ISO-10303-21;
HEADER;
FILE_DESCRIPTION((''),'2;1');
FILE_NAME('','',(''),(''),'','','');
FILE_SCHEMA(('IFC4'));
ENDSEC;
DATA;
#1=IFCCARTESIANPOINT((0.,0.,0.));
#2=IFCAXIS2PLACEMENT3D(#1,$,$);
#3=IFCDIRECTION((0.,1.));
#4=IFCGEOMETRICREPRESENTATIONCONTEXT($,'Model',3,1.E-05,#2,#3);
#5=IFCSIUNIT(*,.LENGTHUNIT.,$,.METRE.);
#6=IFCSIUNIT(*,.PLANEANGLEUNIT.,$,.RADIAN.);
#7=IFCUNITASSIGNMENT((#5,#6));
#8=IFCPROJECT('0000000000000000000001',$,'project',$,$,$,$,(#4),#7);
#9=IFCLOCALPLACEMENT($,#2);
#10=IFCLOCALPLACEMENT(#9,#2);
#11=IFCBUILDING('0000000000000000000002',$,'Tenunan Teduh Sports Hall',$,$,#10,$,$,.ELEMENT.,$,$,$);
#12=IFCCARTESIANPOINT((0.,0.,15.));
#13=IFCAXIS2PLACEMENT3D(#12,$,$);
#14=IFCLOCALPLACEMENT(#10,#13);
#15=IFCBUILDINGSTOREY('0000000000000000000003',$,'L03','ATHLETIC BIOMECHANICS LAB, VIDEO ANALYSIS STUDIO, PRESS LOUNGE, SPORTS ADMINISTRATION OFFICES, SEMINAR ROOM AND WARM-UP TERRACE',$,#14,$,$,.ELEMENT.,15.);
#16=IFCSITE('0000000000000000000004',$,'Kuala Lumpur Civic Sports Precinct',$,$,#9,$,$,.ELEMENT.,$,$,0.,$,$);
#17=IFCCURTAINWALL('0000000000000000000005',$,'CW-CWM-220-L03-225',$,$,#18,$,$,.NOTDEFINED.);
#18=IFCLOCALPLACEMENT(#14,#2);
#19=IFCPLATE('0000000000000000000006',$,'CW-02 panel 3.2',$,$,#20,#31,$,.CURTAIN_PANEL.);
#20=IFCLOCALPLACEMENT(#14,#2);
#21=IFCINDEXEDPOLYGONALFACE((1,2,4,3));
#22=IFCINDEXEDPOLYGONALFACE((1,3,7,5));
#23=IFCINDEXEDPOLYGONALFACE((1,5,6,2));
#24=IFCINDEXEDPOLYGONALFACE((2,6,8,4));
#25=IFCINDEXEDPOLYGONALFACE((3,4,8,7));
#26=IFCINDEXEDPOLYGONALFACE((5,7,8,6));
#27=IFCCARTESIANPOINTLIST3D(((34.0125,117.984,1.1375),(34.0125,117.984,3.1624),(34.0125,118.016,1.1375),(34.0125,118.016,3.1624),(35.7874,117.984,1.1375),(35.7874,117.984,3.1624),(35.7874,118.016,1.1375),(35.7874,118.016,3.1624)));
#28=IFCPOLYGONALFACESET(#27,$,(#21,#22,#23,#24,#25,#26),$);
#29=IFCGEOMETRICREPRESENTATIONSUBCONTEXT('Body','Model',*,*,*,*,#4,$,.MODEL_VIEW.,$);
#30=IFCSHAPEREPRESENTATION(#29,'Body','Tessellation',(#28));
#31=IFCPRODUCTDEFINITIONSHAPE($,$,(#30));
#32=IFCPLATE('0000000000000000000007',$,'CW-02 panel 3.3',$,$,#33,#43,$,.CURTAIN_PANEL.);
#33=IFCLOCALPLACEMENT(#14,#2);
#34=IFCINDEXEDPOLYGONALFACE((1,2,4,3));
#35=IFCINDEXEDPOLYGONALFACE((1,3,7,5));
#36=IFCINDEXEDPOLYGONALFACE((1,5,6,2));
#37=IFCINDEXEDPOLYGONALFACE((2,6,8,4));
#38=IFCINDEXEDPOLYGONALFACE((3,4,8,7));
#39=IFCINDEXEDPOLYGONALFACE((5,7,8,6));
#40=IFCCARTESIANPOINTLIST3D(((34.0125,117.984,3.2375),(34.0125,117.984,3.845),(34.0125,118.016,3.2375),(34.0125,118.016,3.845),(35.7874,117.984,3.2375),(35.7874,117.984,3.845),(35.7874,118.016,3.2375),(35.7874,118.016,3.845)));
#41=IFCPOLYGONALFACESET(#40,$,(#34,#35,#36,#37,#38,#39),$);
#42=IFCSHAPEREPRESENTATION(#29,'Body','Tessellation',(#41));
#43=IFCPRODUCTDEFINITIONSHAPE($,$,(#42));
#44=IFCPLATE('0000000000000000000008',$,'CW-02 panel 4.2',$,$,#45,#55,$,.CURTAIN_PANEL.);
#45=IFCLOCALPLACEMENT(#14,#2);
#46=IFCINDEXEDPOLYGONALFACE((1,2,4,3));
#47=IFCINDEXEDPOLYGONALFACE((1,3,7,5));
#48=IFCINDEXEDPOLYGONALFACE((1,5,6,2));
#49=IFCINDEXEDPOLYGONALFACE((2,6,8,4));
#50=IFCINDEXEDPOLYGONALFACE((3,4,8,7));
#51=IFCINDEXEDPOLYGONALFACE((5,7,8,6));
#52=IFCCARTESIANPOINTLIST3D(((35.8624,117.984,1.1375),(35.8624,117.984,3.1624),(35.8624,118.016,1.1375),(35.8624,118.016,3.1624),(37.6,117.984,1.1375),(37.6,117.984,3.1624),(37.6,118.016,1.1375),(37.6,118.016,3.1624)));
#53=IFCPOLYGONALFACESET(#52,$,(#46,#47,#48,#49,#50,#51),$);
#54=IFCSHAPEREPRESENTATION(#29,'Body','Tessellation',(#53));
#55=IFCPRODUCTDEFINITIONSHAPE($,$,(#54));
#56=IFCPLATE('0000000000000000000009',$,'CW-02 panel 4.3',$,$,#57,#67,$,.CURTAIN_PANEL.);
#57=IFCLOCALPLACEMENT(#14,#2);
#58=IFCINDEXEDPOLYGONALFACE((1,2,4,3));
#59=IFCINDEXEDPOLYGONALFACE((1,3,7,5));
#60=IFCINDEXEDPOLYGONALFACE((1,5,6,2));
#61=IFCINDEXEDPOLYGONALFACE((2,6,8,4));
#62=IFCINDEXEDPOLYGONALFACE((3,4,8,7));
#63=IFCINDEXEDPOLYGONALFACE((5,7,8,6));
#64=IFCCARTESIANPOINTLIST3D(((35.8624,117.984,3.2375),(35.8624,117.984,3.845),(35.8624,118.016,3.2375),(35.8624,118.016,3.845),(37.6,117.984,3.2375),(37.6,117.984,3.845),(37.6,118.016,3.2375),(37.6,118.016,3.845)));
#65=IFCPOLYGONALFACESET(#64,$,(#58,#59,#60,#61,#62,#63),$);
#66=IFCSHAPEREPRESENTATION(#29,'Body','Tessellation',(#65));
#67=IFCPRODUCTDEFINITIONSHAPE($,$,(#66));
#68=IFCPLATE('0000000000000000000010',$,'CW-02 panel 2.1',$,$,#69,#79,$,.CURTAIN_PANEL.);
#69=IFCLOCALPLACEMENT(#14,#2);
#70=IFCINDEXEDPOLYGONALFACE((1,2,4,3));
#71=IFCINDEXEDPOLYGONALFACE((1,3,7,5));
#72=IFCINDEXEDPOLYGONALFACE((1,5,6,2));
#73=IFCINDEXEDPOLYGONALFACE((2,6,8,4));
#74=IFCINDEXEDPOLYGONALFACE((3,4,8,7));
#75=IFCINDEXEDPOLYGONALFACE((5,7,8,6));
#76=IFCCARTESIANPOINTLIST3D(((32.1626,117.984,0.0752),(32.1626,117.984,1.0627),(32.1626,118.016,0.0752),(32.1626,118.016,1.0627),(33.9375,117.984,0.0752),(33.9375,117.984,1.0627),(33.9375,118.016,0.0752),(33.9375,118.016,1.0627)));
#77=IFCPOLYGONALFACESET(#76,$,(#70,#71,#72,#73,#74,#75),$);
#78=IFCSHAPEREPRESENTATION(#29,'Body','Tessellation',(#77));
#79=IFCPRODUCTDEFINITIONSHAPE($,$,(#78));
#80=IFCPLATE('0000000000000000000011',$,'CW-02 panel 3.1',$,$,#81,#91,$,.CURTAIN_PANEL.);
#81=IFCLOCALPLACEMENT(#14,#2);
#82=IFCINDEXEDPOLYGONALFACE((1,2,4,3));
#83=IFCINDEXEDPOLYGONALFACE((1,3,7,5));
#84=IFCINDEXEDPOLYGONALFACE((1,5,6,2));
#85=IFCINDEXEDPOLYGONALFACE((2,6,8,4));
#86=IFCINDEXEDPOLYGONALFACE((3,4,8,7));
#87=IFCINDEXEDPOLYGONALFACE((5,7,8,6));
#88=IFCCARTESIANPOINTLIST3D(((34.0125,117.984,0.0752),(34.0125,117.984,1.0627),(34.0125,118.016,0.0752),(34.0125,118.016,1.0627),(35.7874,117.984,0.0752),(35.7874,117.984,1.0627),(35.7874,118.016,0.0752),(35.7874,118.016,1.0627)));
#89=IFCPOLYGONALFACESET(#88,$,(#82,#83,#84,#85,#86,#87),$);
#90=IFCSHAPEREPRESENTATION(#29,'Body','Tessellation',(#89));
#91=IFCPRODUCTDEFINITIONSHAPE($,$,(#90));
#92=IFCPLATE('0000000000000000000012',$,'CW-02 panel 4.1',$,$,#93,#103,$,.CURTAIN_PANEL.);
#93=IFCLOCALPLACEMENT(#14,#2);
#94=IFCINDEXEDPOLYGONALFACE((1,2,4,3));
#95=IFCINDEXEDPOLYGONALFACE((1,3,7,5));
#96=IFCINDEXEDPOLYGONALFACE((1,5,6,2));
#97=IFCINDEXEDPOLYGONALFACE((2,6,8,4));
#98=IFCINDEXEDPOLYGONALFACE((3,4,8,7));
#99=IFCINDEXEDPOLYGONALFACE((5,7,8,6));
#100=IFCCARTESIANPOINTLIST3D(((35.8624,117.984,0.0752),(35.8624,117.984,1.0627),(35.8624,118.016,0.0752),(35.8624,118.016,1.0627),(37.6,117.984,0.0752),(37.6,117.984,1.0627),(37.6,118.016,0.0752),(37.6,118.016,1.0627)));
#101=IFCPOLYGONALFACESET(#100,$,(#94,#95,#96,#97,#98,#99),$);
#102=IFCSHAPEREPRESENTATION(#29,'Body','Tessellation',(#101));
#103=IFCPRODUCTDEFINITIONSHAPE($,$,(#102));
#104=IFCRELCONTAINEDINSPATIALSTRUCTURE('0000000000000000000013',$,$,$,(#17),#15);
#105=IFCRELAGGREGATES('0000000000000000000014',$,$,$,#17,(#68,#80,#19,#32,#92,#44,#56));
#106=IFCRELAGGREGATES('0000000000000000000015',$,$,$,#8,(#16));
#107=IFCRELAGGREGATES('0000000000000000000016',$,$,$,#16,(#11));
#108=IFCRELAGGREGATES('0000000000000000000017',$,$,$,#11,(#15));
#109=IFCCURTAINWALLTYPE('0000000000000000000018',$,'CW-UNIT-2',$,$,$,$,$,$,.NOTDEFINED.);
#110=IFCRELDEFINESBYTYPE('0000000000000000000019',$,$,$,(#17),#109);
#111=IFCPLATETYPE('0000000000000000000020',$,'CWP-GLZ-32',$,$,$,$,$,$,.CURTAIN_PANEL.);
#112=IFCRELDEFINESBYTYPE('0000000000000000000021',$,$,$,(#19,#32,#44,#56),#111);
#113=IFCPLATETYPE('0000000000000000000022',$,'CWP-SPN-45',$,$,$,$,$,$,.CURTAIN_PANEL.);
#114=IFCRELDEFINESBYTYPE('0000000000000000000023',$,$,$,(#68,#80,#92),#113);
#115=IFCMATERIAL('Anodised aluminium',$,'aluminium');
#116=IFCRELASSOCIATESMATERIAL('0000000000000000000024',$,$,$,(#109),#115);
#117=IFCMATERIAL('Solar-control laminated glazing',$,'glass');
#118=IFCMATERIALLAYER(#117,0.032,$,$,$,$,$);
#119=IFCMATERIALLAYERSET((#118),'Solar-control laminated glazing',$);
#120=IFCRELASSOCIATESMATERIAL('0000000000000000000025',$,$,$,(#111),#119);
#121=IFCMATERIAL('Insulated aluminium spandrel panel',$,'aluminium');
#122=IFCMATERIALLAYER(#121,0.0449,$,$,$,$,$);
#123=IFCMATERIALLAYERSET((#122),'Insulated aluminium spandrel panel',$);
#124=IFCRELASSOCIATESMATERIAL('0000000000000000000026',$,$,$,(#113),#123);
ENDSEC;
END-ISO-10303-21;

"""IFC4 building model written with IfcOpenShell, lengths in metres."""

from ifc_helpers import new_model, si_unit, direction, frame, origin, origin_2d, place, context, subcontext, project, spatial, rectangle, extrude, material, layer, layer_set, type_object, element, aggregate, save


model = new_model("IFC4")

# Units and contexts
model_context = context("Model", 3, precision=1e-05, world=origin(), true_north=direction((0.0, 1.0)))
body_context = subcontext(model_context, "Body", "Model", "MODEL_VIEW")
ifc_project = project(units=[si_unit("LENGTHUNIT", "METRE"), si_unit("PLANEANGLEUNIT", "RADIAN")], contexts=[model_context])

# Site, building, storey
site_placement = place(None, origin())
site = spatial("IfcSite", under=ifc_project, at=site_placement, Name="Kuala Lumpur Civic Sports Precinct", CompositionType="ELEMENT", RefElevation=0.0)
building_placement = place(site_placement, origin())
building = spatial("IfcBuilding", under=site, at=building_placement, Name="Tenunan Teduh Sports Hall", CompositionType="ELEMENT")
storey_placement = place(building_placement, frame((0.0, 0.0, 15.0)))
storey = spatial("IfcBuildingStorey", under=building, at=storey_placement, Name="L03", Description="ATHLETIC BIOMECHANICS LAB, VIDEO ANALYSIS STUDIO, PRESS LOUNGE, SPORTS ADMINISTRATION OFFICES, SEMINAR ROOM AND WARM-UP TERRACE", CompositionType="ELEMENT", Elevation=15.0)

# Curtain wall, plates
ifc_material_1 = material(Name="Anodised aluminium", Category="aluminium")
curtain_wall_type = type_object("IfcCurtainWallType", Name="CW-UNIT-2", PredefinedType="NOTDEFINED", material=ifc_material_1)
curtain_wall_placement = place(storey_placement, origin())
curtain_wall = element("IfcCurtainWall", 1, at=curtain_wall_placement, inside=storey, type_object=curtain_wall_type, Name="CW-CWM-220-L03-225", PredefinedType="NOTDEFINED")
ifc_material_2 = material(Name="Solar-control laminated glazing", Category="glass")
ifc_layer_1 = layer(ifc_material_2, 0.032)
ifc_layer_set_1 = layer_set([ifc_layer_1], Name="Solar-control laminated glazing")
plate_type_1 = type_object("IfcPlateType", Name="CWP-GLZ-32", PredefinedType="CURTAIN_PANEL", material=ifc_layer_set_1)
plate_1_placement = place(storey_placement, frame((34.8999, 118.0, 1.1375), z_axis=(0.0, 0.0, 1.0), x_axis=(1.0, 0.0, 0.0)))
plate_1 = element("IfcPlate", 2, at=plate_1_placement, type_object=plate_type_1, Name="CW-02 panel 3.2", PredefinedType="CURTAIN_PANEL", context=body_context, shape_type="SweptSolid", body=[
    extrude(rectangle(XDim=1.7749, YDim=0.032, at=origin_2d()), origin(), (0.0, 0.0, 1.0), 2.0249),
])
plate_2_placement = place(storey_placement, frame((34.8999, 118.0, 3.2375), z_axis=(0.0, 0.0, 1.0), x_axis=(1.0, 0.0, 0.0)))
plate_2 = element("IfcPlate", 3, at=plate_2_placement, type_object=plate_type_1, Name="CW-02 panel 3.3", PredefinedType="CURTAIN_PANEL", context=body_context, shape_type="SweptSolid", body=[
    extrude(rectangle(XDim=1.7749, YDim=0.032, at=origin_2d()), origin(), (0.0, 0.0, 1.0), 0.6074),
])
plate_3_placement = place(storey_placement, frame((36.7312, 118.0, 1.1375), z_axis=(0.0, 0.0, 1.0), x_axis=(1.0, 0.0, 0.0)))
plate_3 = element("IfcPlate", 4, at=plate_3_placement, type_object=plate_type_1, Name="CW-02 panel 4.2", PredefinedType="CURTAIN_PANEL", context=body_context, shape_type="SweptSolid", body=[
    extrude(rectangle(XDim=1.7375, YDim=0.032, at=origin_2d()), origin(), (0.0, 0.0, 1.0), 2.0249),
])
plate_4_placement = place(storey_placement, frame((36.7312, 118.0, 3.2375), z_axis=(0.0, 0.0, 1.0), x_axis=(1.0, 0.0, 0.0)))
plate_4 = element("IfcPlate", 5, at=plate_4_placement, type_object=plate_type_1, Name="CW-02 panel 4.3", PredefinedType="CURTAIN_PANEL", context=body_context, shape_type="SweptSolid", body=[
    extrude(rectangle(XDim=1.7375, YDim=0.032, at=origin_2d()), origin(), (0.0, 0.0, 1.0), 0.6074),
])
ifc_material_3 = material(Name="Insulated aluminium spandrel panel", Category="aluminium")
ifc_layer_2 = layer(ifc_material_3, 0.0449)
ifc_layer_set_2 = layer_set([ifc_layer_2], Name="Insulated aluminium spandrel panel")
plate_type_2 = type_object("IfcPlateType", Name="CWP-SPN-45", PredefinedType="CURTAIN_PANEL", material=ifc_layer_set_2)
plate_5_placement = place(storey_placement, frame((33.05, 118.0, 0.0752), z_axis=(0.0, 0.0, 1.0), x_axis=(1.0, 0.0, 0.0)))
plate_5 = element("IfcPlate", 6, at=plate_5_placement, type_object=plate_type_2, Name="CW-02 panel 2.1", PredefinedType="CURTAIN_PANEL", context=body_context, shape_type="SweptSolid", body=[
    extrude(rectangle(XDim=1.7749, YDim=0.032, at=origin_2d()), origin(), (0.0, 0.0, 1.0), 0.9875),
])
plate_6_placement = place(storey_placement, frame((34.8999, 118.0, 0.0752), z_axis=(0.0, 0.0, 1.0), x_axis=(1.0, 0.0, 0.0)))
plate_6 = element("IfcPlate", 7, at=plate_6_placement, type_object=plate_type_2, Name="CW-02 panel 3.1", PredefinedType="CURTAIN_PANEL", context=body_context, shape_type="SweptSolid", body=[
    extrude(rectangle(XDim=1.7749, YDim=0.032, at=origin_2d()), origin(), (0.0, 0.0, 1.0), 0.9875),
])
plate_7_placement = place(storey_placement, frame((36.7312, 118.0, 0.0752), z_axis=(0.0, 0.0, 1.0), x_axis=(1.0, 0.0, 0.0)))
plate_7 = element("IfcPlate", 8, at=plate_7_placement, type_object=plate_type_2, Name="CW-02 panel 4.1", PredefinedType="CURTAIN_PANEL", context=body_context, shape_type="SweptSolid", body=[
    extrude(rectangle(XDim=1.7375, YDim=0.032, at=origin_2d()), origin(), (0.0, 0.0, 1.0), 0.9875),
])
aggregate(curtain_wall, [plate_5, plate_6, plate_1, plate_2, plate_7, plate_3, plate_4])

save(model, "model.ifc")
